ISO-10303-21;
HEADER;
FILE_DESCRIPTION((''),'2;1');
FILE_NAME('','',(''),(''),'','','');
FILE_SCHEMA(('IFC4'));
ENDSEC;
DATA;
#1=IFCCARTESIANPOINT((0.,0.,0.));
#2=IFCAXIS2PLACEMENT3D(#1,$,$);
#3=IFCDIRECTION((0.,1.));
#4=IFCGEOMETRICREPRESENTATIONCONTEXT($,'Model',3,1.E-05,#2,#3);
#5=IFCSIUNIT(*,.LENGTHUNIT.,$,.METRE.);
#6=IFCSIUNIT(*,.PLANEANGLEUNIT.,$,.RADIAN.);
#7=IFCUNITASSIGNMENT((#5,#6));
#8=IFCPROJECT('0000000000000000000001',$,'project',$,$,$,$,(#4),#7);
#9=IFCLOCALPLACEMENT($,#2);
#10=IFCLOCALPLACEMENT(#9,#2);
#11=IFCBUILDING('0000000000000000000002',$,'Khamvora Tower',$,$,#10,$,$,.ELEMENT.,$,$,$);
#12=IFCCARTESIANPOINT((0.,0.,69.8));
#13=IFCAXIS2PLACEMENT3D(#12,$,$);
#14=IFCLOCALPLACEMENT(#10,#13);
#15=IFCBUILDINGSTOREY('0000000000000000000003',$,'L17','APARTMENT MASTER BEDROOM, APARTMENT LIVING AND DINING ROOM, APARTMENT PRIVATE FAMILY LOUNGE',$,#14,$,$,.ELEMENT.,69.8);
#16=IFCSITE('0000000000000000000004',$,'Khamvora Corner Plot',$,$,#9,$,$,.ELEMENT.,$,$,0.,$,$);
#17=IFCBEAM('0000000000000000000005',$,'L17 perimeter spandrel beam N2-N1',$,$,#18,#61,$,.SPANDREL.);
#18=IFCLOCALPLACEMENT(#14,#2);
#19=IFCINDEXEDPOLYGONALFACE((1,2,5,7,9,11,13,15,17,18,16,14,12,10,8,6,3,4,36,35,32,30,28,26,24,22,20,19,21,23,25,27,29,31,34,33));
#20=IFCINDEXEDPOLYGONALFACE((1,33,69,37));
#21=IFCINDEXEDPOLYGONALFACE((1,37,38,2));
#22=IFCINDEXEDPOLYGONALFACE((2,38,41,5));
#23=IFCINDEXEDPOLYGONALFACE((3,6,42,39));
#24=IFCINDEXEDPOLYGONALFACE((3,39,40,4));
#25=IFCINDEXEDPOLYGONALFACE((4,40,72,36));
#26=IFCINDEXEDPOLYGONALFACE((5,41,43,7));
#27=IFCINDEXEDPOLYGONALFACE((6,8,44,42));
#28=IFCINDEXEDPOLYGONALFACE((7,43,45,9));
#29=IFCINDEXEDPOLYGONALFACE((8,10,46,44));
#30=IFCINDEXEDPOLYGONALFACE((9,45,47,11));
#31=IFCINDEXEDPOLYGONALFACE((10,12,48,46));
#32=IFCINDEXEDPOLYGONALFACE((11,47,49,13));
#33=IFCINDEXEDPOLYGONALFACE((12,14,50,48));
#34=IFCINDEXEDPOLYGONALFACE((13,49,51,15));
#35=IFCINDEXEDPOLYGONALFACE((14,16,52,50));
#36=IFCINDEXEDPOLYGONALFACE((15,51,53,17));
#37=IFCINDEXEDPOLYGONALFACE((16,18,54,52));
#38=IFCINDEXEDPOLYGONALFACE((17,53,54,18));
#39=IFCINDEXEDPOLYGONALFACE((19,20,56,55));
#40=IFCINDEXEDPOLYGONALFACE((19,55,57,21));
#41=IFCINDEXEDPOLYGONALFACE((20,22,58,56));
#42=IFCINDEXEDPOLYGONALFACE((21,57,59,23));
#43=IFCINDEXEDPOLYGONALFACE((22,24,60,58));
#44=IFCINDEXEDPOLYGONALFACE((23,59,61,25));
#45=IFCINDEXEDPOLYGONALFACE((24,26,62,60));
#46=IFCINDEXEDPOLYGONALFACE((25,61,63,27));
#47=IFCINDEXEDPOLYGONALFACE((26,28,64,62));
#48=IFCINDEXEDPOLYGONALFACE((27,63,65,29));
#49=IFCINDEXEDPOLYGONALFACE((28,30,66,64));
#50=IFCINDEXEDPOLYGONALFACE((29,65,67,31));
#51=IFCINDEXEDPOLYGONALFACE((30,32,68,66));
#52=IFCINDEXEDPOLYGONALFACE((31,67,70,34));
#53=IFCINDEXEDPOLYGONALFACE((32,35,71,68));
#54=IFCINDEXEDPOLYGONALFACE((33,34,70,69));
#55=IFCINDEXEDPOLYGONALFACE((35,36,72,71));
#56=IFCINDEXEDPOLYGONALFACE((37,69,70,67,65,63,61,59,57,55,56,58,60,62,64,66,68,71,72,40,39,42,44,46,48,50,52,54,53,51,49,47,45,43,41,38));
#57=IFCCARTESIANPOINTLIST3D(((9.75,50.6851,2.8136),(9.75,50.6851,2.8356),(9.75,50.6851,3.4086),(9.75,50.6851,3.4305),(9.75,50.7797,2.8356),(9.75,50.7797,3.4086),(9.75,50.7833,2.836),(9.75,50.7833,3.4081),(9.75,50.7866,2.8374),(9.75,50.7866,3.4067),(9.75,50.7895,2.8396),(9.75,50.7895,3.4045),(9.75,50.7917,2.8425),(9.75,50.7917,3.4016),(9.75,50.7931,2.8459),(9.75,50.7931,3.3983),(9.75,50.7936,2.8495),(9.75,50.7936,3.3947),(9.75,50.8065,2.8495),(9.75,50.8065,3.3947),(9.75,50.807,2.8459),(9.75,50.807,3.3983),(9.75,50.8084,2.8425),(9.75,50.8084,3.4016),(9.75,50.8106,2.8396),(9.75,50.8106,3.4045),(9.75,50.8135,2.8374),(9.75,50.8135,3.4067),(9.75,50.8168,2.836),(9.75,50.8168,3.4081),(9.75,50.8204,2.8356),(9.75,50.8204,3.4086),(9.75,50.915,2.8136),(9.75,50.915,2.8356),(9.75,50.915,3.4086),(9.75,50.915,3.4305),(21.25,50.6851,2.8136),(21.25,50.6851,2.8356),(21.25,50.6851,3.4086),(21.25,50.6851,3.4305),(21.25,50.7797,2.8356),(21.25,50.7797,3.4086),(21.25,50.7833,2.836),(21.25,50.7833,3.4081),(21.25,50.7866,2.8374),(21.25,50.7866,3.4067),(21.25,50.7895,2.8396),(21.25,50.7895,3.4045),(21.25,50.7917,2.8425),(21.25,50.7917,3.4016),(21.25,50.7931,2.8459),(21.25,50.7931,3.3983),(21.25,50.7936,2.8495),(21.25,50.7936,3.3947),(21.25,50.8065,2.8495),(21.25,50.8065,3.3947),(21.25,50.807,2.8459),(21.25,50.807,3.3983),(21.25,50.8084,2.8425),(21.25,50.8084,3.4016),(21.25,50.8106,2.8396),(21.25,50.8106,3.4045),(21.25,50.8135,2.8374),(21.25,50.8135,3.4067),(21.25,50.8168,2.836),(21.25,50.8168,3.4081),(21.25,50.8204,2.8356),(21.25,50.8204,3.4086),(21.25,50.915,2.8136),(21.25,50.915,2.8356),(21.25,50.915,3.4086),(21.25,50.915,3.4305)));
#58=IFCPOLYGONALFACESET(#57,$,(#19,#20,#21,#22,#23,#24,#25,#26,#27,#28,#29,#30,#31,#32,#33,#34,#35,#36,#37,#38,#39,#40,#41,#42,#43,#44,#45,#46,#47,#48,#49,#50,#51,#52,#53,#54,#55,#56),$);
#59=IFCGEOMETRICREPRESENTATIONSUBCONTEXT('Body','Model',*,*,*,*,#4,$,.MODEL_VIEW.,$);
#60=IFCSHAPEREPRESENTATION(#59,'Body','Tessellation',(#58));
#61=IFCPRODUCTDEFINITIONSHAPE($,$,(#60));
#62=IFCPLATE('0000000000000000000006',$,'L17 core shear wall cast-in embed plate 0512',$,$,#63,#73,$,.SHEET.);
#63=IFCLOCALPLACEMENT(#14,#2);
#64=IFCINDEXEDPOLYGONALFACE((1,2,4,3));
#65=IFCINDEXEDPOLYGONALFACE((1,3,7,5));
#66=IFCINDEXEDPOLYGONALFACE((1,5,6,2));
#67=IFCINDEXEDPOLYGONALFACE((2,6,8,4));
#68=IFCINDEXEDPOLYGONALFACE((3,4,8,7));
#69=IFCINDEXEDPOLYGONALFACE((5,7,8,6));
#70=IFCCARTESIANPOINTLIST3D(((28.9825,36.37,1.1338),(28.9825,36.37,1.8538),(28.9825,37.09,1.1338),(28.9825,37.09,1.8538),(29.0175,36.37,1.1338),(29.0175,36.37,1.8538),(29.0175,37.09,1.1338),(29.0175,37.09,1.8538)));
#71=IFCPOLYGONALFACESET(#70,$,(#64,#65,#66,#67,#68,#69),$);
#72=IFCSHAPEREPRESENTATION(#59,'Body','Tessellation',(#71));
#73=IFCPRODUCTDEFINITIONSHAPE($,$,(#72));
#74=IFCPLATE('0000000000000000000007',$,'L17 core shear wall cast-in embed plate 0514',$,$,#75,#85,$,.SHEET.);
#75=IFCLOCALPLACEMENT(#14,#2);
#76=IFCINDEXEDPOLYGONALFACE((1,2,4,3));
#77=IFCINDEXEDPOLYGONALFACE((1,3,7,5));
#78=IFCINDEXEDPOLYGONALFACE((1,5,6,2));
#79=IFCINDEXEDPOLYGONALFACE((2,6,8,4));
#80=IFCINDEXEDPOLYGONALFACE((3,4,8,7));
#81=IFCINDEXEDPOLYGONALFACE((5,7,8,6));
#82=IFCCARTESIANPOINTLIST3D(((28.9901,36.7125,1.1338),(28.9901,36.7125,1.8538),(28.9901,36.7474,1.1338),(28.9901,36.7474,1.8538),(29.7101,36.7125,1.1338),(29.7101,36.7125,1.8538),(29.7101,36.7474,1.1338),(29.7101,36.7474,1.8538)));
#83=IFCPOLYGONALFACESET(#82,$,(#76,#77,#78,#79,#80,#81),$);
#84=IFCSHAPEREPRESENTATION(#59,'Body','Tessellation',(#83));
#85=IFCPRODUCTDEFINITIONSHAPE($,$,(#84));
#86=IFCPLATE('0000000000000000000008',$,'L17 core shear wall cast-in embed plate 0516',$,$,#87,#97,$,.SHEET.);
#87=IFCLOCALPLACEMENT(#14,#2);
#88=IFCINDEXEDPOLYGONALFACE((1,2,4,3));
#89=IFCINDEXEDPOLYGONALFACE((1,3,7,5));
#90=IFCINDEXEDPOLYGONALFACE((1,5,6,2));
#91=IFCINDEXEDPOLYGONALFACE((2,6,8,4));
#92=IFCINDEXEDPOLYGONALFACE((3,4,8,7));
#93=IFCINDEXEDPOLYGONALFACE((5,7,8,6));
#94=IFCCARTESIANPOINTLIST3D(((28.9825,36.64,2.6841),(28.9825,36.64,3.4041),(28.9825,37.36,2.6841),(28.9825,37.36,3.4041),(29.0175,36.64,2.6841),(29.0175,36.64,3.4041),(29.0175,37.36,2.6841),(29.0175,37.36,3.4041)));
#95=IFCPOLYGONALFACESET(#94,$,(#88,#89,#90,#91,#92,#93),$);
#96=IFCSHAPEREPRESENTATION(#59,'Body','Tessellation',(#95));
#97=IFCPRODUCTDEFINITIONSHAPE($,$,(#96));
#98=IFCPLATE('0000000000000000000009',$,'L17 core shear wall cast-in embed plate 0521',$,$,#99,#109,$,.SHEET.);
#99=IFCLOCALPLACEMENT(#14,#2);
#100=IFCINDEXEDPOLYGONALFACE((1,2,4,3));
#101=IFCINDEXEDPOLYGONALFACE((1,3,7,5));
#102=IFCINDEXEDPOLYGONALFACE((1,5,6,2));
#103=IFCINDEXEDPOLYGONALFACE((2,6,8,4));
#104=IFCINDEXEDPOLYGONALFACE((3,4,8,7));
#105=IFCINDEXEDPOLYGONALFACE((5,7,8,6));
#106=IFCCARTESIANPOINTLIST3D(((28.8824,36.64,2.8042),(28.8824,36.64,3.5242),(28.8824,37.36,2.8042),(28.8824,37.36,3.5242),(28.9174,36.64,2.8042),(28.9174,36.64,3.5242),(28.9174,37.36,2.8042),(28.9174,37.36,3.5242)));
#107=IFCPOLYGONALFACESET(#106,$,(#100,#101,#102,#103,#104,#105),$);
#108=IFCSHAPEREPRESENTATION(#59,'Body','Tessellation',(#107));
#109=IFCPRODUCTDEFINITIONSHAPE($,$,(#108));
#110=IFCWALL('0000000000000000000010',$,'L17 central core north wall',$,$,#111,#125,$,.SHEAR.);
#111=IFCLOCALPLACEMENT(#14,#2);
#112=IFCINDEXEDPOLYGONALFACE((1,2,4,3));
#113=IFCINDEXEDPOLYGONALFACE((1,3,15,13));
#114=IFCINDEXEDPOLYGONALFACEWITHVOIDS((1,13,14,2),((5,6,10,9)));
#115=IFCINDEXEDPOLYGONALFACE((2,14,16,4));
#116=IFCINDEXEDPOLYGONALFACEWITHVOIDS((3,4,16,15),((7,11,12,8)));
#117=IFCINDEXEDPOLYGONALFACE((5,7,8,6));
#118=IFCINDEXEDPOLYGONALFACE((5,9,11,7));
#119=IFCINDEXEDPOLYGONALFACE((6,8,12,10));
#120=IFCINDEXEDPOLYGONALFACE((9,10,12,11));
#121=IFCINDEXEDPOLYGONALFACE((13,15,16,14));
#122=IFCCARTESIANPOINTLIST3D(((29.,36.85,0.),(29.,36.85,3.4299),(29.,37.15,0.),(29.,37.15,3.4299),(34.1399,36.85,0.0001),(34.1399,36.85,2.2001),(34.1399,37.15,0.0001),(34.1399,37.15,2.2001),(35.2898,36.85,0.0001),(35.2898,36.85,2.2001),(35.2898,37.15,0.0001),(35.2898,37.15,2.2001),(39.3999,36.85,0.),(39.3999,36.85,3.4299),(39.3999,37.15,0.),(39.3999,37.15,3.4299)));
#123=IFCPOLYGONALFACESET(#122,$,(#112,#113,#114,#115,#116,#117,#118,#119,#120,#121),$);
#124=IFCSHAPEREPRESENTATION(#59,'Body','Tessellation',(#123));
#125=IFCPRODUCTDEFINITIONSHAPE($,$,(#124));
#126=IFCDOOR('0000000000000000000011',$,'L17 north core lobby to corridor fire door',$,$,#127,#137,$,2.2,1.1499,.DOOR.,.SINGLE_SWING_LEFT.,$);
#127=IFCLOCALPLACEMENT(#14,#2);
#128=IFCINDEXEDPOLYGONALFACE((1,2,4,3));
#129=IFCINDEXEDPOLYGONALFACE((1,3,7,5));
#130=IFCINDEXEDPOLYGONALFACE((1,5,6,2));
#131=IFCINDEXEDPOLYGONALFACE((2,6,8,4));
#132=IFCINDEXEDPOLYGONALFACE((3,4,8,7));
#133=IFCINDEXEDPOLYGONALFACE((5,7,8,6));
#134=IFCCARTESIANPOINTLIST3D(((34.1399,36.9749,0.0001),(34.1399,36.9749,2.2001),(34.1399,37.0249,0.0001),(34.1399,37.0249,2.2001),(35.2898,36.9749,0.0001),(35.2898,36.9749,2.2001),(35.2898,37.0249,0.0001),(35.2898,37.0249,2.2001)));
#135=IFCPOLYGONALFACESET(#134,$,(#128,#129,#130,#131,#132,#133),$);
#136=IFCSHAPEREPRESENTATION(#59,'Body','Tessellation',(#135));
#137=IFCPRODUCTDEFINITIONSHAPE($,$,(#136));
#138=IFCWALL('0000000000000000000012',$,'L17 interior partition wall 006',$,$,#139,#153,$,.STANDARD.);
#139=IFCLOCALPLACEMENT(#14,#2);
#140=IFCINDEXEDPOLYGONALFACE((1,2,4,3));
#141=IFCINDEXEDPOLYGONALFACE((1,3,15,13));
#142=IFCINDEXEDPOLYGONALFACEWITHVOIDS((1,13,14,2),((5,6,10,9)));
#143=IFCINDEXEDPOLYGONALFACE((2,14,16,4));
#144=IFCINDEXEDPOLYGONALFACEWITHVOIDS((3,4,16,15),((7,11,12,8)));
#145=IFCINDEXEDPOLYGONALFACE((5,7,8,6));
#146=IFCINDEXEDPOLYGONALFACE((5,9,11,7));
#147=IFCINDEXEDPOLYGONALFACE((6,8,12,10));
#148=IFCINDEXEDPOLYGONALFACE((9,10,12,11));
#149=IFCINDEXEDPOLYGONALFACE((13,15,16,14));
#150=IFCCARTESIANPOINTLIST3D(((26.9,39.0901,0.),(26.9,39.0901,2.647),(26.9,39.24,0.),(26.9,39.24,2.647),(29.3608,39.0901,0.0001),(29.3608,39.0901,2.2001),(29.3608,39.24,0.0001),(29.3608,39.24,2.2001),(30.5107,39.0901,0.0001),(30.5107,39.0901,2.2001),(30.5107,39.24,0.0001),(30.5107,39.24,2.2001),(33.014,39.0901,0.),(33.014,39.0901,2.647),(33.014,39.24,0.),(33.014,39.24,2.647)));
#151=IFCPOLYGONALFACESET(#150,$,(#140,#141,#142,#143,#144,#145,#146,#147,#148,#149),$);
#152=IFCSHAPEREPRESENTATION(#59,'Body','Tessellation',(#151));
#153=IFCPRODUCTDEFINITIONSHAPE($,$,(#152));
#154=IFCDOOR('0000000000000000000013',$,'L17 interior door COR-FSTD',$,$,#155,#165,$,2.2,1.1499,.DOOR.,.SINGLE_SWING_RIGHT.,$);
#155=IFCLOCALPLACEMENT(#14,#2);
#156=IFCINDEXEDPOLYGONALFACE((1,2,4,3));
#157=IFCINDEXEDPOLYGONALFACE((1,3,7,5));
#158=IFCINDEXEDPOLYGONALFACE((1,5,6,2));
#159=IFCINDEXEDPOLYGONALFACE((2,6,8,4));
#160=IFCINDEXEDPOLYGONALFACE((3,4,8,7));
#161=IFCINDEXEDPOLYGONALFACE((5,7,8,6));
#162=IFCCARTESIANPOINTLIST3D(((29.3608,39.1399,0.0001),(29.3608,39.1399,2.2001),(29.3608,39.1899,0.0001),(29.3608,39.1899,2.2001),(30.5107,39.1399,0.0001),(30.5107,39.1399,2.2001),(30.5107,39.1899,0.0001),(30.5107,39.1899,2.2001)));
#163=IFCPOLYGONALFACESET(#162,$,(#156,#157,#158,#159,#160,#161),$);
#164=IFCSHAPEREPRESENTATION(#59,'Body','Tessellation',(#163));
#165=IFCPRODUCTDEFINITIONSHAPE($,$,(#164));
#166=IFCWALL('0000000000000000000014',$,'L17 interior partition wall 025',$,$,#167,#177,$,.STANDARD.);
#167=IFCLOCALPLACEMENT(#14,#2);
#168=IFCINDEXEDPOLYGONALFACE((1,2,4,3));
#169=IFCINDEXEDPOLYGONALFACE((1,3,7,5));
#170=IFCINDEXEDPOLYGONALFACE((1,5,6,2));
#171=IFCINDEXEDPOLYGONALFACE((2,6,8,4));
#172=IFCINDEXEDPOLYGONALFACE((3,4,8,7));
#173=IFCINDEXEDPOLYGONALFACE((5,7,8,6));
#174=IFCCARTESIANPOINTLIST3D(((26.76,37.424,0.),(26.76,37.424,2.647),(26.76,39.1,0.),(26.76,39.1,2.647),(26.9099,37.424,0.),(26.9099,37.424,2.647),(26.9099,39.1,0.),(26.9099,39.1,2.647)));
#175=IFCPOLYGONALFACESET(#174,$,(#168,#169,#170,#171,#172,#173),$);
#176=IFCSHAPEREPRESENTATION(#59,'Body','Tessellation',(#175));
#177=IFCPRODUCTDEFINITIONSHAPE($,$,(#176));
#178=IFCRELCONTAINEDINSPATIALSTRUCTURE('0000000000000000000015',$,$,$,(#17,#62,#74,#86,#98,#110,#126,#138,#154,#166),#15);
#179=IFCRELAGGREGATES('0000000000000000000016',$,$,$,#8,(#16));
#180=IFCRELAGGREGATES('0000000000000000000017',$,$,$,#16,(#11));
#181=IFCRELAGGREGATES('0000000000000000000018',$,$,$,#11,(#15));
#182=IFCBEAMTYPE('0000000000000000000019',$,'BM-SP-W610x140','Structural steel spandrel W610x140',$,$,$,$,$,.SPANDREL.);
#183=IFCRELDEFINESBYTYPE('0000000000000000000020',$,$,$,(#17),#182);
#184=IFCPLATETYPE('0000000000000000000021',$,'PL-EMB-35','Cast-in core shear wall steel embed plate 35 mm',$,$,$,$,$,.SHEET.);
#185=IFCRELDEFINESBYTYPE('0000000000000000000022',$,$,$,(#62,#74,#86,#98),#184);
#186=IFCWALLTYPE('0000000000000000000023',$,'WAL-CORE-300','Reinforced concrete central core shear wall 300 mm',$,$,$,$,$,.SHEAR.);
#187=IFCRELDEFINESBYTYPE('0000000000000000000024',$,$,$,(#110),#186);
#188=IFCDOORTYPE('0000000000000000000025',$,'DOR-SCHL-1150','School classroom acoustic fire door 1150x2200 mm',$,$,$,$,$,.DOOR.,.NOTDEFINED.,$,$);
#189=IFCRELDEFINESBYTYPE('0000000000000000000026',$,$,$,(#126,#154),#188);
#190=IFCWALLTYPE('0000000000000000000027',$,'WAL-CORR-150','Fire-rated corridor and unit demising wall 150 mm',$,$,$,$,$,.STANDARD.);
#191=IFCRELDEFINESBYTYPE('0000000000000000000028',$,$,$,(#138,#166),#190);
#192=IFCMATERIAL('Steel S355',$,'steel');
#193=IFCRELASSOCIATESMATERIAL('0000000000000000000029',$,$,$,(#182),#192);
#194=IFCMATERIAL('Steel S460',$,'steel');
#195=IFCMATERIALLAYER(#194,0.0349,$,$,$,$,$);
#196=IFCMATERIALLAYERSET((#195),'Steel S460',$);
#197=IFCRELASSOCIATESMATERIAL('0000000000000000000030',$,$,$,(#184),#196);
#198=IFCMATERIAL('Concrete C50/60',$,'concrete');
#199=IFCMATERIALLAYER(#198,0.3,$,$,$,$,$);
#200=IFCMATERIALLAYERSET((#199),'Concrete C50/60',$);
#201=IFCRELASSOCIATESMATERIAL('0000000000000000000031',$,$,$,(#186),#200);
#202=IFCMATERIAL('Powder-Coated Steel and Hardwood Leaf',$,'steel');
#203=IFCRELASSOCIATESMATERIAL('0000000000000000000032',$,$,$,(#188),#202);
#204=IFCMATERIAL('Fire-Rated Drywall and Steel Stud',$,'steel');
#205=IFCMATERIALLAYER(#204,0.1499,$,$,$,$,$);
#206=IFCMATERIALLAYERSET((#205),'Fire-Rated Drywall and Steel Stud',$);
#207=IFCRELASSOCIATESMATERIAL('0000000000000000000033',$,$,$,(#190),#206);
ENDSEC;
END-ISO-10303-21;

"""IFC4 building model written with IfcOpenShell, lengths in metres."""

from ifc_helpers import new_model, si_unit, direction, frame, frame_2d, origin, origin_2d, place, context, subcontext, project, spatial, rectangle, i_section, extrude, material, layer, layer_set, material_profile, profile_set, type_object, element, fill, save


model = new_model("IFC4")

# Units and contexts
model_context = context("Model", 3, precision=1e-05, world=origin(), true_north=direction((0.0, 1.0)))
body_context = subcontext(model_context, "Body", "Model", "MODEL_VIEW")
ifc_project = project(units=[si_unit("LENGTHUNIT", "METRE"), si_unit("PLANEANGLEUNIT", "RADIAN")], contexts=[model_context])

# Site, building, storey
site_placement = place(None, origin())
site = spatial("IfcSite", under=ifc_project, at=site_placement, Name="Khamvora Corner Plot", CompositionType="ELEMENT", RefElevation=0.0)
building_placement = place(site_placement, origin())
building = spatial("IfcBuilding", under=site, at=building_placement, Name="Khamvora Tower", CompositionType="ELEMENT")
storey_placement = place(building_placement, frame((0.0, 0.0, 69.8)))
storey = spatial("IfcBuildingStorey", under=building, at=storey_placement, Name="L17", Description="APARTMENT MASTER BEDROOM, APARTMENT LIVING AND DINING ROOM, APARTMENT PRIVATE FAMILY LOUNGE", CompositionType="ELEMENT", Elevation=69.8)

# Shared definitions
ifc_material_1 = material(Name="Steel S460", Category="steel")

# Beam
ifc_material_2 = material(Name="Steel S355", Category="steel")
ifc_material_profile_1 = material_profile(ifc_material_2, i_section(OverallWidth=0.23, OverallDepth=0.6169, WebThickness=0.0129, FlangeThickness=0.022, FilletRadius=0.0139, at=origin_2d()), Name="W610x140")
ifc_profile_set_1 = profile_set([ifc_material_profile_1], Name="Steel S355")
beam_type_1 = type_object("IfcBeamType", Name="BM-SP-W610x140", Description="Structural steel spandrel W610x140", PredefinedType="SPANDREL", material=ifc_profile_set_1)
beam_1_placement = place(storey_placement, frame((21.25, 50.8, 3.1221), z_axis=(-1.0, 0.0, 0.0), x_axis=(0.0, -1.0, 0.0)))
element("IfcBeam", 1, at=beam_1_placement, inside=storey, type_object=beam_type_1, Name="L17 perimeter spandrel beam N2-N1", PredefinedType="SPANDREL", context=body_context, shape_type="SweptSolid", body=[
    extrude(i_section(OverallWidth=0.23, OverallDepth=0.6169, WebThickness=0.0129, FlangeThickness=0.022, FilletRadius=0.0139, at=origin_2d()), origin(), (0.0, 0.0, 1.0), 11.5),
])

# Plates
ifc_layer_1 = layer(ifc_material_1, 0.0349)
ifc_layer_set_1 = layer_set([ifc_layer_1], Name="Steel S460")
plate_type = type_object("IfcPlateType", Name="PL-EMB-35", Description="Cast-in core shear wall steel embed plate 35 mm", PredefinedType="SHEET", material=ifc_layer_set_1)
plate_1_placement = place(storey_placement, frame((29.0, 36.73, 1.1338), z_axis=(0.0, 0.0, 1.0), x_axis=(1.0, 0.0, 0.0)))
element("IfcPlate", 2, at=plate_1_placement, inside=storey, type_object=plate_type, Name="L17 core shear wall cast-in embed plate 0512", PredefinedType="SHEET", context=body_context, shape_type="SweptSolid", body=[
    extrude(rectangle(XDim=0.0349, YDim=0.72, at=origin_2d()), origin(), (0.0, 0.0, 1.0), 0.72),
])
plate_2_placement = place(storey_placement, frame((29.3501, 36.73, 1.1338), z_axis=(0.0, 0.0, 1.0), x_axis=(1.0, 0.0, 0.0)))
element("IfcPlate", 3, at=plate_2_placement, inside=storey, type_object=plate_type, Name="L17 core shear wall cast-in embed plate 0514", PredefinedType="SHEET", context=body_context, shape_type="SweptSolid", body=[
    extrude(rectangle(XDim=0.72, YDim=0.0349, at=origin_2d()), origin(), (0.0, 0.0, 1.0), 0.72),
])
for number, where, z_axis, x_axis, name in (
    (4, (29.0, 37.0, 2.6841), (0.0, 0.0, 1.0), (1.0, 0.0, 0.0), "L17 core shear wall cast-in embed plate 0516"),
    (5, (28.8999, 37.0, 2.8042), (0.0, 0.0, 1.0), (1.0, 0.0, 0.0), "L17 core shear wall cast-in embed plate 0521"),
):
    element("IfcPlate", number, at=place(storey_placement, frame(where, z_axis=z_axis, x_axis=x_axis)), inside=storey, type_object=plate_type, Name=name, PredefinedType="SHEET", context=body_context, shape_type="SweptSolid", body=[
        extrude(rectangle(XDim=0.0349, YDim=0.72, at=origin_2d()), origin(), (0.0, 0.0, 1.0), 0.72),
    ])

# Walls, openings, doors
ifc_material_3 = material(Name="Concrete C50/60", Category="concrete")
ifc_layer_2 = layer(ifc_material_3, 0.3)
ifc_layer_set_2 = layer_set([ifc_layer_2], Name="Concrete C50/60")
wall_type_1 = type_object("IfcWallType", Name="WAL-CORE-300", Description="Reinforced concrete central core shear wall 300 mm", PredefinedType="SHEAR", material=ifc_layer_set_2)
wall_1_placement = place(storey_placement, frame((29.0, 37.0, 0.0), z_axis=(0.0, 0.0, 1.0), x_axis=(1.0, 0.0, 0.0)))
wall_1 = element("IfcWall", 6, at=wall_1_placement, inside=storey, type_object=wall_type_1, Name="L17 central core north wall", PredefinedType="SHEAR", context=body_context, shape_type="SweptSolid", body=[
    extrude(rectangle(XDim=10.3999, YDim=0.3, at=frame_2d((5.2, 0.0))), origin(), (0.0, 0.0, 1.0), 3.4299),
])
opening_1_placement = place(wall_1_placement, frame((5.1399, 0.0, 0.0)))
opening_1 = element("IfcOpeningElement", 7, at=opening_1_placement, cuts=wall_1, PredefinedType="OPENING", context=body_context, shape_type="SweptSolid", body=[
    extrude(rectangle(XDim=1.1499, YDim=2.2, at=frame_2d((0.575, 1.1001))), frame((0.0, 0.1599, 0.0), z_axis=(0.0, -1.0, 0.0), x_axis=(1.0, 0.0, 0.0)), (0.0, 0.0, 1.0), 0.3201),
])
ifc_material_4 = material(Name="Powder-Coated Steel and Hardwood Leaf", Category="steel")
door_type_1 = type_object("IfcDoorType", Name="DOR-SCHL-1150", Description="School classroom acoustic fire door 1150x2200 mm", OperationType="NOTDEFINED", PredefinedType="DOOR", material=ifc_material_4)
door_1_placement = place(opening_1_placement, origin())
door_1 = element("IfcDoor", 8, at=door_1_placement, inside=storey, type_object=door_type_1, Name="L17 north core lobby to corridor fire door", OperationType="SINGLE_SWING_LEFT", OverallHeight=2.2, OverallWidth=1.1499, PredefinedType="DOOR", context=body_context, shape_type="SweptSolid", body=[
    extrude(rectangle(XDim=1.1499, YDim=2.2, at=frame_2d((0.575, 1.1001))), frame((0.0, 0.0249, 0.0), z_axis=(0.0, -1.0, 0.0), x_axis=(1.0, 0.0, 0.0)), (0.0, 0.0, 1.0), 0.05),
])
fill(opening_1, door_1)
ifc_material_5 = material(Name="Fire-Rated Drywall and Steel Stud", Category="steel")
ifc_layer_3 = layer(ifc_material_5, 0.1499)
ifc_layer_set_3 = layer_set([ifc_layer_3], Name="Fire-Rated Drywall and Steel Stud")
wall_type_2 = type_object("IfcWallType", Name="WAL-CORR-150", Description="Fire-rated corridor and unit demising wall 150 mm", PredefinedType="STANDARD", material=ifc_layer_set_3)
wall_2_placement = place(storey_placement, frame((26.8999, 39.165, 0.0), z_axis=(0.0, 0.0, 1.0), x_axis=(1.0, 0.0, 0.0)))
wall_2 = element("IfcWall", 9, at=wall_2_placement, inside=storey, type_object=wall_type_2, Name="L17 interior partition wall 006", PredefinedType="STANDARD", context=body_context, shape_type="SweptSolid", body=[
    extrude(rectangle(XDim=6.114, YDim=0.1499, at=frame_2d((3.0571, 0.0))), origin(), (0.0, 0.0, 1.0), 2.647),
])
opening_2_placement = place(wall_2_placement, frame((2.4609, 0.0, 0.0)))
opening_2 = element("IfcOpeningElement", 10, at=opening_2_placement, cuts=wall_2, PredefinedType="OPENING", context=body_context, shape_type="SweptSolid", body=[
    extrude(rectangle(XDim=1.1499, YDim=2.2, at=frame_2d((0.575, 1.1001))), frame((0.0, 0.085, 0.0), z_axis=(0.0, -1.0, 0.0), x_axis=(1.0, 0.0, 0.0)), (0.0, 0.0, 1.0), 0.1699),
])
door_2_placement = place(opening_2_placement, origin())
door_2 = element("IfcDoor", 11, at=door_2_placement, inside=storey, type_object=door_type_1, Name="L17 interior door COR-FSTD", OperationType="SINGLE_SWING_RIGHT", OverallHeight=2.2, OverallWidth=1.1499, PredefinedType="DOOR", context=body_context, shape_type="SweptSolid", body=[
    extrude(rectangle(XDim=1.1499, YDim=2.2, at=frame_2d((0.575, 1.1001))), frame((0.0, 0.0249, 0.0), z_axis=(0.0, -1.0, 0.0), x_axis=(1.0, 0.0, 0.0)), (0.0, 0.0, 1.0), 0.05),
])
fill(opening_2, door_2)

# Wall
wall_3_placement = place(storey_placement, frame((26.835, 37.4241, 0.0), z_axis=(0.0, 0.0, 1.0), x_axis=(0.0, 1.0, 0.0)))
element("IfcWall", 12, at=wall_3_placement, inside=storey, type_object=wall_type_2, Name="L17 interior partition wall 025", PredefinedType="STANDARD", context=body_context, shape_type="SweptSolid", body=[
    extrude(rectangle(XDim=1.676, YDim=0.1499, at=frame_2d((0.8379, 0.0))), origin(), (0.0, 0.0, 1.0), 2.647),
])

save(model, "model.ifc")
